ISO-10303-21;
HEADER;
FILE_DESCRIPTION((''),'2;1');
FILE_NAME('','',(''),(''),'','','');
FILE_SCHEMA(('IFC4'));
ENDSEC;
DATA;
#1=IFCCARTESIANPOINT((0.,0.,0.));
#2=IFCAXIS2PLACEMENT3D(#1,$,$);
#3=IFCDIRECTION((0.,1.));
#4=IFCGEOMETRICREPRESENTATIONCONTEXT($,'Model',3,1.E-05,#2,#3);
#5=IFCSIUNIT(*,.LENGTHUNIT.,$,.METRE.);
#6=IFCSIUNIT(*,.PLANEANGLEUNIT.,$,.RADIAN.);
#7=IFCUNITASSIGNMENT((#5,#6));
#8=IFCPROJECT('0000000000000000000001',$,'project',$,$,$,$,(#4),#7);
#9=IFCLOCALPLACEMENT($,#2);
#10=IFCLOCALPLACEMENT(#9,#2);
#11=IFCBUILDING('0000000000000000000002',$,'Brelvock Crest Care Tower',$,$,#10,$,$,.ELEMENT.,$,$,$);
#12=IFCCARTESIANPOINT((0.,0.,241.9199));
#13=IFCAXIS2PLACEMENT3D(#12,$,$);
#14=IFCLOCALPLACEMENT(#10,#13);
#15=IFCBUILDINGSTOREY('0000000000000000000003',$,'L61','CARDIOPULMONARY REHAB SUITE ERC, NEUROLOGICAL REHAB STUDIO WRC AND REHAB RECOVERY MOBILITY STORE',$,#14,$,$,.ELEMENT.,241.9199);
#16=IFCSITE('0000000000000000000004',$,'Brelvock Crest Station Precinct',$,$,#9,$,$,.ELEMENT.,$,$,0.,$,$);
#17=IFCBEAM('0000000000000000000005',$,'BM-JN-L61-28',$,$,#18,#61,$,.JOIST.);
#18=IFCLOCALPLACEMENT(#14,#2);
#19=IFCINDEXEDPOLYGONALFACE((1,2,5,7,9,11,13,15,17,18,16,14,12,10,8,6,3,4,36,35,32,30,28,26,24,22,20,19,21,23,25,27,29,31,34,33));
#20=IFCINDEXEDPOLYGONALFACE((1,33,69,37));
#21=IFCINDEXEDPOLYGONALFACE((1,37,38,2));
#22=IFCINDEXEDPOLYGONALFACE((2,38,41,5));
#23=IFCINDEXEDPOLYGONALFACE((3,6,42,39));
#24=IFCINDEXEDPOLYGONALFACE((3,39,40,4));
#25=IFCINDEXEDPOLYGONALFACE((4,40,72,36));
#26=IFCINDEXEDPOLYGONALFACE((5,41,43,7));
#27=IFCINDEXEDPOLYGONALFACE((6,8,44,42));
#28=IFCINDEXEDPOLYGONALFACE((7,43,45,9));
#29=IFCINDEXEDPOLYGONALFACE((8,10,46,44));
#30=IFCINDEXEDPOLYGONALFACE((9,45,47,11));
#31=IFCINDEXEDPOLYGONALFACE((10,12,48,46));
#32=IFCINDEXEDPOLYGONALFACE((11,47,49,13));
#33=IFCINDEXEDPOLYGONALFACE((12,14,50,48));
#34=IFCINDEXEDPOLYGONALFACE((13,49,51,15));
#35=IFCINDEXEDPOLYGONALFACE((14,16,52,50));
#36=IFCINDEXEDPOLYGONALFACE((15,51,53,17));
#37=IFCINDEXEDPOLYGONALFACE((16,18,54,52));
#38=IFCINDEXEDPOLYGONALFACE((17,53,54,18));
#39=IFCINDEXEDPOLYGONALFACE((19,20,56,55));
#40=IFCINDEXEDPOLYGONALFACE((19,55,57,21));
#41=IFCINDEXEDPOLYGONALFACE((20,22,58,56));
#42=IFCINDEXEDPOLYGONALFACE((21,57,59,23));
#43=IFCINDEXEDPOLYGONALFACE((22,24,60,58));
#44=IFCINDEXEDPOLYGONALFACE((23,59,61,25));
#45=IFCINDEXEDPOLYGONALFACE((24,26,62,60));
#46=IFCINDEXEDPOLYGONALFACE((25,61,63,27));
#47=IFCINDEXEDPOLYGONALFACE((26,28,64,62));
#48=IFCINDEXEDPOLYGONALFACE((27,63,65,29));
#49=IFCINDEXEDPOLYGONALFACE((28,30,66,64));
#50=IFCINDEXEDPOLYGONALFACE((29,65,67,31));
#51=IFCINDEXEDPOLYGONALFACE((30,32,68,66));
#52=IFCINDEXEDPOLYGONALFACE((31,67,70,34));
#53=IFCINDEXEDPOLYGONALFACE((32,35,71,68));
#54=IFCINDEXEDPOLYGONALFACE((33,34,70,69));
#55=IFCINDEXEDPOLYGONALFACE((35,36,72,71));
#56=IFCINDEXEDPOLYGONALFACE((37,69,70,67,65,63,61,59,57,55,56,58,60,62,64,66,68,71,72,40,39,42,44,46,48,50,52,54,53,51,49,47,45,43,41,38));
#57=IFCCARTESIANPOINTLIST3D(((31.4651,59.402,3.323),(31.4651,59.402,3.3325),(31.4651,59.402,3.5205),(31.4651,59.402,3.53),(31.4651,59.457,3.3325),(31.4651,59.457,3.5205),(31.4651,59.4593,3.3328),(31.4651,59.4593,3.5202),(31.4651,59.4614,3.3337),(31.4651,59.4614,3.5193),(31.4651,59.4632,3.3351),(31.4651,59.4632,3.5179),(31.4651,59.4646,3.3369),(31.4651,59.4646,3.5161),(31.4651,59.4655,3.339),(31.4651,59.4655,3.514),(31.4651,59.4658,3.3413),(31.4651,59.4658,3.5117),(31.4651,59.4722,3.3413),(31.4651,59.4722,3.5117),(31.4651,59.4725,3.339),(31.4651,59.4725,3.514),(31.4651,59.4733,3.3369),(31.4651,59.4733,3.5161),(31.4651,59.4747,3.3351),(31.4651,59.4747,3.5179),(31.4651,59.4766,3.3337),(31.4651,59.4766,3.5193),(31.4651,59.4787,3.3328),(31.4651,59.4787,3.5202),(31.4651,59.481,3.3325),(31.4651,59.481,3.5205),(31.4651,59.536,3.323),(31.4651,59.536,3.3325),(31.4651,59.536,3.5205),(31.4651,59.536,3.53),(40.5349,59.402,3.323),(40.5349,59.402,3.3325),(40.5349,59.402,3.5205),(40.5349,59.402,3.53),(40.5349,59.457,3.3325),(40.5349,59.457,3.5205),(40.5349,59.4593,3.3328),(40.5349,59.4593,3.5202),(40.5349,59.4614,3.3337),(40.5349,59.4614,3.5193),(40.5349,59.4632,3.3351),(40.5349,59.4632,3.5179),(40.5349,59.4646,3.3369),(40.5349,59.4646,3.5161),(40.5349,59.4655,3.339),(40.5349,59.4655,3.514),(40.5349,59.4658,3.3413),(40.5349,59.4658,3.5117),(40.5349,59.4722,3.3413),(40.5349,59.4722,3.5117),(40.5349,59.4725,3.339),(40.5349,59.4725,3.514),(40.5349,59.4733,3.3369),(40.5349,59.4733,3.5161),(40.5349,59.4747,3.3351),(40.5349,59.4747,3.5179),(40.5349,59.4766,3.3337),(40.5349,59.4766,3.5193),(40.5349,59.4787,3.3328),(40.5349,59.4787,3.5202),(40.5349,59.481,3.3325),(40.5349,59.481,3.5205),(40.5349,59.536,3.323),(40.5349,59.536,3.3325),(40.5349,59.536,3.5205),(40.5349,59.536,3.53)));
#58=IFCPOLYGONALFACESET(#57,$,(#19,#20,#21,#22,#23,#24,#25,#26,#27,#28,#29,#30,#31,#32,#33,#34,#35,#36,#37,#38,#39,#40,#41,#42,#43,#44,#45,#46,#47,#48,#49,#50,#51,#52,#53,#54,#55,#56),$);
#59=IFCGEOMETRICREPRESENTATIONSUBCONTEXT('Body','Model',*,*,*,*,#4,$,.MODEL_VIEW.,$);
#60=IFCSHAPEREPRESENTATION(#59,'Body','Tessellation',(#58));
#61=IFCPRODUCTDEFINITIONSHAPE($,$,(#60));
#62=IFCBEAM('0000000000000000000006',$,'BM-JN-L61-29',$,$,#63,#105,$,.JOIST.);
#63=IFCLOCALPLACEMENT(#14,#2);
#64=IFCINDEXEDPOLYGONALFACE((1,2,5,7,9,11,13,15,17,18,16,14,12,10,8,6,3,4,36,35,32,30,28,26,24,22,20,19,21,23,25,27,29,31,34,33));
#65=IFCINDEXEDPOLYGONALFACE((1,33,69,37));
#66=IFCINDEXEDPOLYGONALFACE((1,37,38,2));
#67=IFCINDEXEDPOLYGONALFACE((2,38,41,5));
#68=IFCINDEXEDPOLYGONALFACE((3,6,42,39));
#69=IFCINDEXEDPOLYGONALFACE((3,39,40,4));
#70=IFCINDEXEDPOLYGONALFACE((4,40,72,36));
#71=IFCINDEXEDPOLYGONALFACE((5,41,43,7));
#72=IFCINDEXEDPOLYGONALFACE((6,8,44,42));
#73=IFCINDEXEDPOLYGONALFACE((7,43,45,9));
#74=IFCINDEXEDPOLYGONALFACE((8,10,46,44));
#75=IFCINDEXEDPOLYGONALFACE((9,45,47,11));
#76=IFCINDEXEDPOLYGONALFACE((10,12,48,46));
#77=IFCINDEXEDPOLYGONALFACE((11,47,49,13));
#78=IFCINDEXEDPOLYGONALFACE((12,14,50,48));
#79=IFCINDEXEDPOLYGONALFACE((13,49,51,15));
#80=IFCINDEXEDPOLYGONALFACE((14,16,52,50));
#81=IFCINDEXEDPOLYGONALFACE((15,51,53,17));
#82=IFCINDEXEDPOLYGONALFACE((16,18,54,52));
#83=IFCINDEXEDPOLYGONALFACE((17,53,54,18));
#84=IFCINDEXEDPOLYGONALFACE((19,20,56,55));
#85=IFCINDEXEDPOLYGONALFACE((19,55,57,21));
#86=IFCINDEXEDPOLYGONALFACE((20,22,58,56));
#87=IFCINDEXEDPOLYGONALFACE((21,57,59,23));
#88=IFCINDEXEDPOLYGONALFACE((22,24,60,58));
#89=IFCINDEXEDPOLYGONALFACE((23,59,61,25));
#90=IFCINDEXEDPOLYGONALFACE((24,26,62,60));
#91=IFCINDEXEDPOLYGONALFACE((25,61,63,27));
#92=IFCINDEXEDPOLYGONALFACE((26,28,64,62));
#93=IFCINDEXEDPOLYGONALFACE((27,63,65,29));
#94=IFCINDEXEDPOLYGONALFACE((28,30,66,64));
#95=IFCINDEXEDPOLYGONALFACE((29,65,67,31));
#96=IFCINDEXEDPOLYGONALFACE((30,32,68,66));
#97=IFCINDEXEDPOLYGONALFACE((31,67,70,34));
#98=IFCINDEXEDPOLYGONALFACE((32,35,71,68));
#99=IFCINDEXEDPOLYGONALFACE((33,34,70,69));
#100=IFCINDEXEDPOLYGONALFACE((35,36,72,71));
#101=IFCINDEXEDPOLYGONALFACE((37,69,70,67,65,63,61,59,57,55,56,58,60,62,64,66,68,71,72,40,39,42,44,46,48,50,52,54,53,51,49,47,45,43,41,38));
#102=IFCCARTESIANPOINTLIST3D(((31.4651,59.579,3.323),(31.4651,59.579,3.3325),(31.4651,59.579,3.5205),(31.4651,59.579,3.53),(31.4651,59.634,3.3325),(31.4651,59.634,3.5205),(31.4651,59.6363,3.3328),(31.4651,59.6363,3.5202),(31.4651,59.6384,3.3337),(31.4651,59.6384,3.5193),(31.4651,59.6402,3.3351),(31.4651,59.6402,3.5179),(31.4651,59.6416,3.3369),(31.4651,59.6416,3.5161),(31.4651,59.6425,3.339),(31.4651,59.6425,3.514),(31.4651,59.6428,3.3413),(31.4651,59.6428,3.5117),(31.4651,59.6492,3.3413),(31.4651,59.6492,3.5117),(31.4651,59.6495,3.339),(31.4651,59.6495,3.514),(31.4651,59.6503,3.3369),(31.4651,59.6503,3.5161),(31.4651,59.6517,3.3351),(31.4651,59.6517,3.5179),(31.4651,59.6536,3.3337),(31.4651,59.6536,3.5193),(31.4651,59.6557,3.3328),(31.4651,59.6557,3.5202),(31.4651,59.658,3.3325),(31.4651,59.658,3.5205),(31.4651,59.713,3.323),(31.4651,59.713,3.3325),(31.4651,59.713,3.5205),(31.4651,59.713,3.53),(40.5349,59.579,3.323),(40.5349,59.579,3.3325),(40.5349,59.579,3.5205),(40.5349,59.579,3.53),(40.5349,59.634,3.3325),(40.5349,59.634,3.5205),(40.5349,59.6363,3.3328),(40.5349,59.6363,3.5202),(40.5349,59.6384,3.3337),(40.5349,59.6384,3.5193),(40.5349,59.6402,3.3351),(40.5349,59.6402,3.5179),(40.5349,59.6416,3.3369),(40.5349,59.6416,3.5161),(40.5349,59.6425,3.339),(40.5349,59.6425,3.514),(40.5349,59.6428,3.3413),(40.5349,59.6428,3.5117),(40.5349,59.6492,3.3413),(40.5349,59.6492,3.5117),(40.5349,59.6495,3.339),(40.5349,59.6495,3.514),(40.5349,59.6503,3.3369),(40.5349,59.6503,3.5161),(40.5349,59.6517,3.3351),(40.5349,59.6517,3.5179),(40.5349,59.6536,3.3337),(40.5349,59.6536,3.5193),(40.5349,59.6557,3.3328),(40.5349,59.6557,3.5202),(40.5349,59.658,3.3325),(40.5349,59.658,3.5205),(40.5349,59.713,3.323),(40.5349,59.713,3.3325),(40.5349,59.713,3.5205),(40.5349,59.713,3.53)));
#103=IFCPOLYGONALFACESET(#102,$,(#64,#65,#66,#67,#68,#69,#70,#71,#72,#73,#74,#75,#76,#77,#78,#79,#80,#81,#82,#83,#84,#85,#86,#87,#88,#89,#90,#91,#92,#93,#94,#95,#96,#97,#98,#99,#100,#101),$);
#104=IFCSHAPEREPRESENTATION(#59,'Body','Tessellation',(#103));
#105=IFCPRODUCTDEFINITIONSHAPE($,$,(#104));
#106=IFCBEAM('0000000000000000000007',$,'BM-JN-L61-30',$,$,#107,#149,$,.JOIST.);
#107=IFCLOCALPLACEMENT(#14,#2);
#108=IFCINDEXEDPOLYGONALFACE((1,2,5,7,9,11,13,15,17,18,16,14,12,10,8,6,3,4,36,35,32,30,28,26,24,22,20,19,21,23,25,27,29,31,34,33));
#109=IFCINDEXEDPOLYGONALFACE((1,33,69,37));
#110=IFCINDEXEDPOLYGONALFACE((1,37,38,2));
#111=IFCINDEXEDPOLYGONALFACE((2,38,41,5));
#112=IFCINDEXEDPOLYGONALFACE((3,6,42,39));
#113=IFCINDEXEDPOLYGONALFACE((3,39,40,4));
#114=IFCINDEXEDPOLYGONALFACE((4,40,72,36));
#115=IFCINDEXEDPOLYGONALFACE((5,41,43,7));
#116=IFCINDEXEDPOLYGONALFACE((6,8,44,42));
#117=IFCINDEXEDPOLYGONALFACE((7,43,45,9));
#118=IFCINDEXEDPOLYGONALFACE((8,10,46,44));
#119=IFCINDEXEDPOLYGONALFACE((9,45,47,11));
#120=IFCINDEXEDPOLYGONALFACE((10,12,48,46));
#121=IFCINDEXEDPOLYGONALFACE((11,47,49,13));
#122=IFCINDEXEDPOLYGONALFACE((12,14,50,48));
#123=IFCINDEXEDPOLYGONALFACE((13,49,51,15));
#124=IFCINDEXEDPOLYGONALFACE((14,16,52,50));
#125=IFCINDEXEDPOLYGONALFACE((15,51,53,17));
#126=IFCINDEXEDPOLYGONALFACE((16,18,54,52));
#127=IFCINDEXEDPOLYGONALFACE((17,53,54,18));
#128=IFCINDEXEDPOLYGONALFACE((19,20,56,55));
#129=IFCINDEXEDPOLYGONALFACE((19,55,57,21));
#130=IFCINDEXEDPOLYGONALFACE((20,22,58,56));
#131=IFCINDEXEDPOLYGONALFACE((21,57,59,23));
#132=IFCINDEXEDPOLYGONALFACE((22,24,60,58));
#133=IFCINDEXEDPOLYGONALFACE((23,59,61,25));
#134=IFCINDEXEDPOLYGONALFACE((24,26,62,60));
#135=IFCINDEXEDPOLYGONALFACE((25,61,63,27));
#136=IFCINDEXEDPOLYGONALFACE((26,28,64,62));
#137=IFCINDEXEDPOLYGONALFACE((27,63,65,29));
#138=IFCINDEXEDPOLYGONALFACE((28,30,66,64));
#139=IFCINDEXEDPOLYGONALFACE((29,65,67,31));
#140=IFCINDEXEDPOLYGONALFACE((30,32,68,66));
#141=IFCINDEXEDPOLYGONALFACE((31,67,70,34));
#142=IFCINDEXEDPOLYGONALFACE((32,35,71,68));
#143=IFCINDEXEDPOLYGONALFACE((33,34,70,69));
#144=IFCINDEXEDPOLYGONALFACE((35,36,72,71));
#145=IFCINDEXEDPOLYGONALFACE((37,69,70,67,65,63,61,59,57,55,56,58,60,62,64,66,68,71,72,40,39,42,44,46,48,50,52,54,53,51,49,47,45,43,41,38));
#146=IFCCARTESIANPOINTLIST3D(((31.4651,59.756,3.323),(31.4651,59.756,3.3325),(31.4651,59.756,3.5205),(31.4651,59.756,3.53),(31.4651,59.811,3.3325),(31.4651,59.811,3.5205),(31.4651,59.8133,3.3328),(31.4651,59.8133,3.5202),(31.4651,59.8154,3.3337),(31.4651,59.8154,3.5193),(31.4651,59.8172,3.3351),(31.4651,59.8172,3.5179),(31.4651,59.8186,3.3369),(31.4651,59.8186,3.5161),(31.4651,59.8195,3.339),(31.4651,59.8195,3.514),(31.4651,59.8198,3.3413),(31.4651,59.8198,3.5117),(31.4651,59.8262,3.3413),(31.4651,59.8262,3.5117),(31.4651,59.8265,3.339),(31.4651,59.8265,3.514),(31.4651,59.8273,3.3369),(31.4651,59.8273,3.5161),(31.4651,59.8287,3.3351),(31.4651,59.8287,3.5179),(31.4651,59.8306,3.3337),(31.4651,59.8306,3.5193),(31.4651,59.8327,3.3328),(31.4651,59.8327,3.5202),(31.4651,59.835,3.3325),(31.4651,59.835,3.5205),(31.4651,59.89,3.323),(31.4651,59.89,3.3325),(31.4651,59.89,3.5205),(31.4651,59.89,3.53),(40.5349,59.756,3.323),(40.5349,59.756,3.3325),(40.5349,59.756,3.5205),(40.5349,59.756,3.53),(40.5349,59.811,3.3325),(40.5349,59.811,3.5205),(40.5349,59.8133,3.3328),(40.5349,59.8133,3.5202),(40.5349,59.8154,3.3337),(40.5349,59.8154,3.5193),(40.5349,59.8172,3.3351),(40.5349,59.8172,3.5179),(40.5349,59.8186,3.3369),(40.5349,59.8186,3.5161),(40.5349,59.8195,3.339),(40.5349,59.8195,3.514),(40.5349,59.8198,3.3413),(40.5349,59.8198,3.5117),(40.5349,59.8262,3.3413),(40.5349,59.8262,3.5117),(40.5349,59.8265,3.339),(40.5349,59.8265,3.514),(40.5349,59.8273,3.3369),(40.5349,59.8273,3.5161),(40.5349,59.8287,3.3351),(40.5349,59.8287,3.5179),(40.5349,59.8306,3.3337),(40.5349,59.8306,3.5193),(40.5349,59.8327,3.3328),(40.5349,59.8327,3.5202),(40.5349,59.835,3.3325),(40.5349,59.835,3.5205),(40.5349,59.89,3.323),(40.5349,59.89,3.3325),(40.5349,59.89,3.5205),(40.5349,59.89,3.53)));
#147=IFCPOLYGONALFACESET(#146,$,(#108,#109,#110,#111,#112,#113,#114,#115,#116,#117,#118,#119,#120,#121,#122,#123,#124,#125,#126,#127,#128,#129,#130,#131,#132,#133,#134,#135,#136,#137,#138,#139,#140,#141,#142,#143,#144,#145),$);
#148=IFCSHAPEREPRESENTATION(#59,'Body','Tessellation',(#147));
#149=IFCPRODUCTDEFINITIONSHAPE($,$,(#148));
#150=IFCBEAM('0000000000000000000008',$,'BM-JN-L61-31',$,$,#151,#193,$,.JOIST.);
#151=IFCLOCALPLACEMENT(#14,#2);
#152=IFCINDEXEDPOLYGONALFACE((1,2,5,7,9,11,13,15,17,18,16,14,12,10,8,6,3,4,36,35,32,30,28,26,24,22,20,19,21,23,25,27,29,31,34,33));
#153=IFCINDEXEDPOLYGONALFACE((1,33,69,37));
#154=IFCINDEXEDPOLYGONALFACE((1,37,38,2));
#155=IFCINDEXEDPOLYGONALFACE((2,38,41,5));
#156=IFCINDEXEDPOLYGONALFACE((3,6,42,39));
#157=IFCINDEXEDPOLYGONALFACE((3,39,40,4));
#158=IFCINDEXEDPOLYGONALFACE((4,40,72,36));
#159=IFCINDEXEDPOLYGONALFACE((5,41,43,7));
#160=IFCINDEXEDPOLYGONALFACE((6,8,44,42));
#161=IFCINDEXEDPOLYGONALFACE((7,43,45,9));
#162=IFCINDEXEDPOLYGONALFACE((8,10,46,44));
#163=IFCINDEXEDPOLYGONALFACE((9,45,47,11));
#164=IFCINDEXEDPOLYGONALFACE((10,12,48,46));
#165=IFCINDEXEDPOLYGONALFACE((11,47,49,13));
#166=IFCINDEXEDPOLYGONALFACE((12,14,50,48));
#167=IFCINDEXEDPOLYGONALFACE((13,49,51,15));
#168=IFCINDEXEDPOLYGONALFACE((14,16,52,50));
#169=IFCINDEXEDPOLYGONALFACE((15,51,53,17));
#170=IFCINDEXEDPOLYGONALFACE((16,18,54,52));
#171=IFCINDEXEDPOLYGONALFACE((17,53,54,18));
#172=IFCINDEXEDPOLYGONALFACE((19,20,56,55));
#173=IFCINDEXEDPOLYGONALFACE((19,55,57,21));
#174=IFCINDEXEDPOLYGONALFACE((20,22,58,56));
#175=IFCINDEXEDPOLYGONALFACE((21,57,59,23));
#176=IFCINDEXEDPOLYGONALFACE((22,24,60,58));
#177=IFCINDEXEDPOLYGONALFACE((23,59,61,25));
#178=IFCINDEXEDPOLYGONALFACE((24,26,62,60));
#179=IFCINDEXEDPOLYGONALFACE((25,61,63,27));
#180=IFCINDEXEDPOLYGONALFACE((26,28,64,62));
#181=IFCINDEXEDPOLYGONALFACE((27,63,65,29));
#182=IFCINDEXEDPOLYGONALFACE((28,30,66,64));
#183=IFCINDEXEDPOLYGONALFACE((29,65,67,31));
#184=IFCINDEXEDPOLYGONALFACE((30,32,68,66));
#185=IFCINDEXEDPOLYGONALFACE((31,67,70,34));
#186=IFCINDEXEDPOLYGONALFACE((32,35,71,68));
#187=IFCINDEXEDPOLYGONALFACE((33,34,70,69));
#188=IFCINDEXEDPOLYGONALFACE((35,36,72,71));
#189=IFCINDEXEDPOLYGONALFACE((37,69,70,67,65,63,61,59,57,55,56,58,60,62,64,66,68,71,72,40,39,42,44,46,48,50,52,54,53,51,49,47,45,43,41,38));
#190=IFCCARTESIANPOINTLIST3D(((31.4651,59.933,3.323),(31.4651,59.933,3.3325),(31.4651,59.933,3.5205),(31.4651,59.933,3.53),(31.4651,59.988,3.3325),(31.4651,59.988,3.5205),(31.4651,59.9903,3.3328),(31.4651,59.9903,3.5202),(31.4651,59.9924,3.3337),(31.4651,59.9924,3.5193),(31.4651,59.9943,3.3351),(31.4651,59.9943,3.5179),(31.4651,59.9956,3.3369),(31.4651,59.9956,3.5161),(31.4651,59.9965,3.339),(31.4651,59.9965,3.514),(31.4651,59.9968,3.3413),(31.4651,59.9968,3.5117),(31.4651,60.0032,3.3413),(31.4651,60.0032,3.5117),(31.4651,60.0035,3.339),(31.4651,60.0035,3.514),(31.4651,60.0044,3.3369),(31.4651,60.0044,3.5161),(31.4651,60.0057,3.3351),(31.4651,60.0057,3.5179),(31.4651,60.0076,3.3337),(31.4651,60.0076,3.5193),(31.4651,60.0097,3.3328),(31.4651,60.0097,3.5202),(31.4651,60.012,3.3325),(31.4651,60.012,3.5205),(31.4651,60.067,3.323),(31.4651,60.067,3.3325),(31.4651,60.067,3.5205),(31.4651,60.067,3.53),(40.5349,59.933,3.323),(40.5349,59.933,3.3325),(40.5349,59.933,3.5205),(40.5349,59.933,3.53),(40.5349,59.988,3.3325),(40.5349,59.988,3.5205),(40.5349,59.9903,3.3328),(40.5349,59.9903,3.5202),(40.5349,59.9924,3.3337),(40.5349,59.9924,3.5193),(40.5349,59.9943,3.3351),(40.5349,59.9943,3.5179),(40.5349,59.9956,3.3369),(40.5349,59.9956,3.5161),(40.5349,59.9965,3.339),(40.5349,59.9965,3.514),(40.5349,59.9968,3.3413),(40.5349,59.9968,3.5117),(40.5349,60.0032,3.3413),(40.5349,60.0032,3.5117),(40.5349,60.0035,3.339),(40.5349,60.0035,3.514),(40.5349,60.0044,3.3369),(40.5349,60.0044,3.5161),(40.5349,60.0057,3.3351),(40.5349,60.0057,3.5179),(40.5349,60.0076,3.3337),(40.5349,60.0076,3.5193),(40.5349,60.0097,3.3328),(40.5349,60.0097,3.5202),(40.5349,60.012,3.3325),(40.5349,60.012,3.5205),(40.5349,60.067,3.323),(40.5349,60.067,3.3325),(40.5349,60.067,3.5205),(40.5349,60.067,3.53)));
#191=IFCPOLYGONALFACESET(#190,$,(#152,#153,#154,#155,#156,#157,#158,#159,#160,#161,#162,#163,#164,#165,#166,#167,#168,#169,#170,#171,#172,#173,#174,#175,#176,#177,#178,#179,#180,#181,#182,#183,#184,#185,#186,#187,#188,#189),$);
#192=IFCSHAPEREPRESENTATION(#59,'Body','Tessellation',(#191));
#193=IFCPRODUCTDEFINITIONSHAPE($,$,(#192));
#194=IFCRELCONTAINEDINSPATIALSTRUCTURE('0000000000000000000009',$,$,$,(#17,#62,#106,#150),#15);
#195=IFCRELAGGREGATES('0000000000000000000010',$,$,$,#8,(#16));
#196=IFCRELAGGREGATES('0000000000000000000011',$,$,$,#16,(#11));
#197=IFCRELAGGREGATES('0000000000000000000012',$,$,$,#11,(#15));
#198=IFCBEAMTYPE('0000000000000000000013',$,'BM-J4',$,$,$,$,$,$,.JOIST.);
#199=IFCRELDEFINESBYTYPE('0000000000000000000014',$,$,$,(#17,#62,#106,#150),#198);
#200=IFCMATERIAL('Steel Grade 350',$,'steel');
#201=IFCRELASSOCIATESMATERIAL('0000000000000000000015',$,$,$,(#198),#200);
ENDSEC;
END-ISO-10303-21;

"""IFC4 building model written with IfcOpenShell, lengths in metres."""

from ifc_helpers import new_model, si_unit, direction, frame, origin, origin_2d, place, context, subcontext, project, spatial, i_section, extrude, source, transform, mapped, material, material_profile, profile_set, type_object, element, save


model = new_model("IFC4")

# Units and contexts
model_context = context("Model", 3, precision=1e-05, world=origin(), true_north=direction((0.0, 1.0)))
body_context = subcontext(model_context, "Body", "Model", "MODEL_VIEW")
ifc_project = project(units=[si_unit("LENGTHUNIT", "METRE"), si_unit("PLANEANGLEUNIT", "RADIAN")], contexts=[model_context])

# Site, building, storey
site_placement = place(None, origin())
site = spatial("IfcSite", under=ifc_project, at=site_placement, Name="Brelvock Crest Station Precinct", CompositionType="ELEMENT", RefElevation=0.0)
building_placement = place(site_placement, origin())
building = spatial("IfcBuilding", under=site, at=building_placement, Name="Brelvock Crest Care Tower", CompositionType="ELEMENT")
storey_placement = place(building_placement, frame((0.0, 0.0, 241.9199)))
storey = spatial("IfcBuildingStorey", under=building, at=storey_placement, Name="L61", Description="CARDIOPULMONARY REHAB SUITE ERC, NEUROLOGICAL REHAB STUDIO WRC AND REHAB RECOVERY MOBILITY STORE", CompositionType="ELEMENT", Elevation=241.9199)

# Shared definitions
ifc_material_1 = material(Name="Steel Grade 350", Category="steel")

# Beams
ifc_material_profile_1 = material_profile(ifc_material_1, i_section(OverallWidth=0.134, OverallDepth=0.207, WebThickness=0.0063, FlangeThickness=0.0095, FilletRadius=0.0088, at=origin_2d()), Name="200UB29.8")
ifc_profile_set_1 = profile_set([ifc_material_profile_1], Name="Steel Grade 350")
beam_type_1 = type_object("IfcBeamType", Name="BM-J4", PredefinedType="JOIST", material=ifc_profile_set_1)
shared_shape_1 = source(origin(), body_context, "Body", "SweptSolid", [
    extrude(i_section(OverallWidth=0.134, OverallDepth=0.207, WebThickness=0.0063, FlangeThickness=0.0095, FilletRadius=0.0088, at=origin_2d()), origin(), (0.0, 0.0, 1.0), 9.0698),
])
for number, where, z_axis, x_axis, name in (
    (1, (31.4651, 59.469, 3.4265), (1.0, 0.0, 0.0), (0.0, 1.0, 0.0), "BM-JN-L61-28"),
    (2, (31.4651, 59.646, 3.4265), (1.0, 0.0, 0.0), (0.0, 1.0, 0.0), "BM-JN-L61-29"),
    (3, (31.4651, 59.823, 3.4265), (1.0, 0.0, 0.0), (0.0, 1.0, 0.0), "BM-JN-L61-30"),
    (4, (31.4651, 60.0, 3.4265), (1.0, 0.0, 0.0), (0.0, 1.0, 0.0), "BM-JN-L61-31"),
):
    element("IfcBeam", number, at=place(storey_placement, frame(where, z_axis=z_axis, x_axis=x_axis)), inside=storey, type_object=beam_type_1, Name=name, PredefinedType="JOIST", context=body_context, shape_type="MappedRepresentation", body=[
        mapped(shared_shape_1, transform((0.0, 0.0, 0.0), x_axis=(1.0, 0.0, 0.0), y_axis=(0.0, 1.0, 0.0), z_axis=(0.0, 0.0, 1.0), scale=1.0)),
    ])

save(model, "model.ifc")
